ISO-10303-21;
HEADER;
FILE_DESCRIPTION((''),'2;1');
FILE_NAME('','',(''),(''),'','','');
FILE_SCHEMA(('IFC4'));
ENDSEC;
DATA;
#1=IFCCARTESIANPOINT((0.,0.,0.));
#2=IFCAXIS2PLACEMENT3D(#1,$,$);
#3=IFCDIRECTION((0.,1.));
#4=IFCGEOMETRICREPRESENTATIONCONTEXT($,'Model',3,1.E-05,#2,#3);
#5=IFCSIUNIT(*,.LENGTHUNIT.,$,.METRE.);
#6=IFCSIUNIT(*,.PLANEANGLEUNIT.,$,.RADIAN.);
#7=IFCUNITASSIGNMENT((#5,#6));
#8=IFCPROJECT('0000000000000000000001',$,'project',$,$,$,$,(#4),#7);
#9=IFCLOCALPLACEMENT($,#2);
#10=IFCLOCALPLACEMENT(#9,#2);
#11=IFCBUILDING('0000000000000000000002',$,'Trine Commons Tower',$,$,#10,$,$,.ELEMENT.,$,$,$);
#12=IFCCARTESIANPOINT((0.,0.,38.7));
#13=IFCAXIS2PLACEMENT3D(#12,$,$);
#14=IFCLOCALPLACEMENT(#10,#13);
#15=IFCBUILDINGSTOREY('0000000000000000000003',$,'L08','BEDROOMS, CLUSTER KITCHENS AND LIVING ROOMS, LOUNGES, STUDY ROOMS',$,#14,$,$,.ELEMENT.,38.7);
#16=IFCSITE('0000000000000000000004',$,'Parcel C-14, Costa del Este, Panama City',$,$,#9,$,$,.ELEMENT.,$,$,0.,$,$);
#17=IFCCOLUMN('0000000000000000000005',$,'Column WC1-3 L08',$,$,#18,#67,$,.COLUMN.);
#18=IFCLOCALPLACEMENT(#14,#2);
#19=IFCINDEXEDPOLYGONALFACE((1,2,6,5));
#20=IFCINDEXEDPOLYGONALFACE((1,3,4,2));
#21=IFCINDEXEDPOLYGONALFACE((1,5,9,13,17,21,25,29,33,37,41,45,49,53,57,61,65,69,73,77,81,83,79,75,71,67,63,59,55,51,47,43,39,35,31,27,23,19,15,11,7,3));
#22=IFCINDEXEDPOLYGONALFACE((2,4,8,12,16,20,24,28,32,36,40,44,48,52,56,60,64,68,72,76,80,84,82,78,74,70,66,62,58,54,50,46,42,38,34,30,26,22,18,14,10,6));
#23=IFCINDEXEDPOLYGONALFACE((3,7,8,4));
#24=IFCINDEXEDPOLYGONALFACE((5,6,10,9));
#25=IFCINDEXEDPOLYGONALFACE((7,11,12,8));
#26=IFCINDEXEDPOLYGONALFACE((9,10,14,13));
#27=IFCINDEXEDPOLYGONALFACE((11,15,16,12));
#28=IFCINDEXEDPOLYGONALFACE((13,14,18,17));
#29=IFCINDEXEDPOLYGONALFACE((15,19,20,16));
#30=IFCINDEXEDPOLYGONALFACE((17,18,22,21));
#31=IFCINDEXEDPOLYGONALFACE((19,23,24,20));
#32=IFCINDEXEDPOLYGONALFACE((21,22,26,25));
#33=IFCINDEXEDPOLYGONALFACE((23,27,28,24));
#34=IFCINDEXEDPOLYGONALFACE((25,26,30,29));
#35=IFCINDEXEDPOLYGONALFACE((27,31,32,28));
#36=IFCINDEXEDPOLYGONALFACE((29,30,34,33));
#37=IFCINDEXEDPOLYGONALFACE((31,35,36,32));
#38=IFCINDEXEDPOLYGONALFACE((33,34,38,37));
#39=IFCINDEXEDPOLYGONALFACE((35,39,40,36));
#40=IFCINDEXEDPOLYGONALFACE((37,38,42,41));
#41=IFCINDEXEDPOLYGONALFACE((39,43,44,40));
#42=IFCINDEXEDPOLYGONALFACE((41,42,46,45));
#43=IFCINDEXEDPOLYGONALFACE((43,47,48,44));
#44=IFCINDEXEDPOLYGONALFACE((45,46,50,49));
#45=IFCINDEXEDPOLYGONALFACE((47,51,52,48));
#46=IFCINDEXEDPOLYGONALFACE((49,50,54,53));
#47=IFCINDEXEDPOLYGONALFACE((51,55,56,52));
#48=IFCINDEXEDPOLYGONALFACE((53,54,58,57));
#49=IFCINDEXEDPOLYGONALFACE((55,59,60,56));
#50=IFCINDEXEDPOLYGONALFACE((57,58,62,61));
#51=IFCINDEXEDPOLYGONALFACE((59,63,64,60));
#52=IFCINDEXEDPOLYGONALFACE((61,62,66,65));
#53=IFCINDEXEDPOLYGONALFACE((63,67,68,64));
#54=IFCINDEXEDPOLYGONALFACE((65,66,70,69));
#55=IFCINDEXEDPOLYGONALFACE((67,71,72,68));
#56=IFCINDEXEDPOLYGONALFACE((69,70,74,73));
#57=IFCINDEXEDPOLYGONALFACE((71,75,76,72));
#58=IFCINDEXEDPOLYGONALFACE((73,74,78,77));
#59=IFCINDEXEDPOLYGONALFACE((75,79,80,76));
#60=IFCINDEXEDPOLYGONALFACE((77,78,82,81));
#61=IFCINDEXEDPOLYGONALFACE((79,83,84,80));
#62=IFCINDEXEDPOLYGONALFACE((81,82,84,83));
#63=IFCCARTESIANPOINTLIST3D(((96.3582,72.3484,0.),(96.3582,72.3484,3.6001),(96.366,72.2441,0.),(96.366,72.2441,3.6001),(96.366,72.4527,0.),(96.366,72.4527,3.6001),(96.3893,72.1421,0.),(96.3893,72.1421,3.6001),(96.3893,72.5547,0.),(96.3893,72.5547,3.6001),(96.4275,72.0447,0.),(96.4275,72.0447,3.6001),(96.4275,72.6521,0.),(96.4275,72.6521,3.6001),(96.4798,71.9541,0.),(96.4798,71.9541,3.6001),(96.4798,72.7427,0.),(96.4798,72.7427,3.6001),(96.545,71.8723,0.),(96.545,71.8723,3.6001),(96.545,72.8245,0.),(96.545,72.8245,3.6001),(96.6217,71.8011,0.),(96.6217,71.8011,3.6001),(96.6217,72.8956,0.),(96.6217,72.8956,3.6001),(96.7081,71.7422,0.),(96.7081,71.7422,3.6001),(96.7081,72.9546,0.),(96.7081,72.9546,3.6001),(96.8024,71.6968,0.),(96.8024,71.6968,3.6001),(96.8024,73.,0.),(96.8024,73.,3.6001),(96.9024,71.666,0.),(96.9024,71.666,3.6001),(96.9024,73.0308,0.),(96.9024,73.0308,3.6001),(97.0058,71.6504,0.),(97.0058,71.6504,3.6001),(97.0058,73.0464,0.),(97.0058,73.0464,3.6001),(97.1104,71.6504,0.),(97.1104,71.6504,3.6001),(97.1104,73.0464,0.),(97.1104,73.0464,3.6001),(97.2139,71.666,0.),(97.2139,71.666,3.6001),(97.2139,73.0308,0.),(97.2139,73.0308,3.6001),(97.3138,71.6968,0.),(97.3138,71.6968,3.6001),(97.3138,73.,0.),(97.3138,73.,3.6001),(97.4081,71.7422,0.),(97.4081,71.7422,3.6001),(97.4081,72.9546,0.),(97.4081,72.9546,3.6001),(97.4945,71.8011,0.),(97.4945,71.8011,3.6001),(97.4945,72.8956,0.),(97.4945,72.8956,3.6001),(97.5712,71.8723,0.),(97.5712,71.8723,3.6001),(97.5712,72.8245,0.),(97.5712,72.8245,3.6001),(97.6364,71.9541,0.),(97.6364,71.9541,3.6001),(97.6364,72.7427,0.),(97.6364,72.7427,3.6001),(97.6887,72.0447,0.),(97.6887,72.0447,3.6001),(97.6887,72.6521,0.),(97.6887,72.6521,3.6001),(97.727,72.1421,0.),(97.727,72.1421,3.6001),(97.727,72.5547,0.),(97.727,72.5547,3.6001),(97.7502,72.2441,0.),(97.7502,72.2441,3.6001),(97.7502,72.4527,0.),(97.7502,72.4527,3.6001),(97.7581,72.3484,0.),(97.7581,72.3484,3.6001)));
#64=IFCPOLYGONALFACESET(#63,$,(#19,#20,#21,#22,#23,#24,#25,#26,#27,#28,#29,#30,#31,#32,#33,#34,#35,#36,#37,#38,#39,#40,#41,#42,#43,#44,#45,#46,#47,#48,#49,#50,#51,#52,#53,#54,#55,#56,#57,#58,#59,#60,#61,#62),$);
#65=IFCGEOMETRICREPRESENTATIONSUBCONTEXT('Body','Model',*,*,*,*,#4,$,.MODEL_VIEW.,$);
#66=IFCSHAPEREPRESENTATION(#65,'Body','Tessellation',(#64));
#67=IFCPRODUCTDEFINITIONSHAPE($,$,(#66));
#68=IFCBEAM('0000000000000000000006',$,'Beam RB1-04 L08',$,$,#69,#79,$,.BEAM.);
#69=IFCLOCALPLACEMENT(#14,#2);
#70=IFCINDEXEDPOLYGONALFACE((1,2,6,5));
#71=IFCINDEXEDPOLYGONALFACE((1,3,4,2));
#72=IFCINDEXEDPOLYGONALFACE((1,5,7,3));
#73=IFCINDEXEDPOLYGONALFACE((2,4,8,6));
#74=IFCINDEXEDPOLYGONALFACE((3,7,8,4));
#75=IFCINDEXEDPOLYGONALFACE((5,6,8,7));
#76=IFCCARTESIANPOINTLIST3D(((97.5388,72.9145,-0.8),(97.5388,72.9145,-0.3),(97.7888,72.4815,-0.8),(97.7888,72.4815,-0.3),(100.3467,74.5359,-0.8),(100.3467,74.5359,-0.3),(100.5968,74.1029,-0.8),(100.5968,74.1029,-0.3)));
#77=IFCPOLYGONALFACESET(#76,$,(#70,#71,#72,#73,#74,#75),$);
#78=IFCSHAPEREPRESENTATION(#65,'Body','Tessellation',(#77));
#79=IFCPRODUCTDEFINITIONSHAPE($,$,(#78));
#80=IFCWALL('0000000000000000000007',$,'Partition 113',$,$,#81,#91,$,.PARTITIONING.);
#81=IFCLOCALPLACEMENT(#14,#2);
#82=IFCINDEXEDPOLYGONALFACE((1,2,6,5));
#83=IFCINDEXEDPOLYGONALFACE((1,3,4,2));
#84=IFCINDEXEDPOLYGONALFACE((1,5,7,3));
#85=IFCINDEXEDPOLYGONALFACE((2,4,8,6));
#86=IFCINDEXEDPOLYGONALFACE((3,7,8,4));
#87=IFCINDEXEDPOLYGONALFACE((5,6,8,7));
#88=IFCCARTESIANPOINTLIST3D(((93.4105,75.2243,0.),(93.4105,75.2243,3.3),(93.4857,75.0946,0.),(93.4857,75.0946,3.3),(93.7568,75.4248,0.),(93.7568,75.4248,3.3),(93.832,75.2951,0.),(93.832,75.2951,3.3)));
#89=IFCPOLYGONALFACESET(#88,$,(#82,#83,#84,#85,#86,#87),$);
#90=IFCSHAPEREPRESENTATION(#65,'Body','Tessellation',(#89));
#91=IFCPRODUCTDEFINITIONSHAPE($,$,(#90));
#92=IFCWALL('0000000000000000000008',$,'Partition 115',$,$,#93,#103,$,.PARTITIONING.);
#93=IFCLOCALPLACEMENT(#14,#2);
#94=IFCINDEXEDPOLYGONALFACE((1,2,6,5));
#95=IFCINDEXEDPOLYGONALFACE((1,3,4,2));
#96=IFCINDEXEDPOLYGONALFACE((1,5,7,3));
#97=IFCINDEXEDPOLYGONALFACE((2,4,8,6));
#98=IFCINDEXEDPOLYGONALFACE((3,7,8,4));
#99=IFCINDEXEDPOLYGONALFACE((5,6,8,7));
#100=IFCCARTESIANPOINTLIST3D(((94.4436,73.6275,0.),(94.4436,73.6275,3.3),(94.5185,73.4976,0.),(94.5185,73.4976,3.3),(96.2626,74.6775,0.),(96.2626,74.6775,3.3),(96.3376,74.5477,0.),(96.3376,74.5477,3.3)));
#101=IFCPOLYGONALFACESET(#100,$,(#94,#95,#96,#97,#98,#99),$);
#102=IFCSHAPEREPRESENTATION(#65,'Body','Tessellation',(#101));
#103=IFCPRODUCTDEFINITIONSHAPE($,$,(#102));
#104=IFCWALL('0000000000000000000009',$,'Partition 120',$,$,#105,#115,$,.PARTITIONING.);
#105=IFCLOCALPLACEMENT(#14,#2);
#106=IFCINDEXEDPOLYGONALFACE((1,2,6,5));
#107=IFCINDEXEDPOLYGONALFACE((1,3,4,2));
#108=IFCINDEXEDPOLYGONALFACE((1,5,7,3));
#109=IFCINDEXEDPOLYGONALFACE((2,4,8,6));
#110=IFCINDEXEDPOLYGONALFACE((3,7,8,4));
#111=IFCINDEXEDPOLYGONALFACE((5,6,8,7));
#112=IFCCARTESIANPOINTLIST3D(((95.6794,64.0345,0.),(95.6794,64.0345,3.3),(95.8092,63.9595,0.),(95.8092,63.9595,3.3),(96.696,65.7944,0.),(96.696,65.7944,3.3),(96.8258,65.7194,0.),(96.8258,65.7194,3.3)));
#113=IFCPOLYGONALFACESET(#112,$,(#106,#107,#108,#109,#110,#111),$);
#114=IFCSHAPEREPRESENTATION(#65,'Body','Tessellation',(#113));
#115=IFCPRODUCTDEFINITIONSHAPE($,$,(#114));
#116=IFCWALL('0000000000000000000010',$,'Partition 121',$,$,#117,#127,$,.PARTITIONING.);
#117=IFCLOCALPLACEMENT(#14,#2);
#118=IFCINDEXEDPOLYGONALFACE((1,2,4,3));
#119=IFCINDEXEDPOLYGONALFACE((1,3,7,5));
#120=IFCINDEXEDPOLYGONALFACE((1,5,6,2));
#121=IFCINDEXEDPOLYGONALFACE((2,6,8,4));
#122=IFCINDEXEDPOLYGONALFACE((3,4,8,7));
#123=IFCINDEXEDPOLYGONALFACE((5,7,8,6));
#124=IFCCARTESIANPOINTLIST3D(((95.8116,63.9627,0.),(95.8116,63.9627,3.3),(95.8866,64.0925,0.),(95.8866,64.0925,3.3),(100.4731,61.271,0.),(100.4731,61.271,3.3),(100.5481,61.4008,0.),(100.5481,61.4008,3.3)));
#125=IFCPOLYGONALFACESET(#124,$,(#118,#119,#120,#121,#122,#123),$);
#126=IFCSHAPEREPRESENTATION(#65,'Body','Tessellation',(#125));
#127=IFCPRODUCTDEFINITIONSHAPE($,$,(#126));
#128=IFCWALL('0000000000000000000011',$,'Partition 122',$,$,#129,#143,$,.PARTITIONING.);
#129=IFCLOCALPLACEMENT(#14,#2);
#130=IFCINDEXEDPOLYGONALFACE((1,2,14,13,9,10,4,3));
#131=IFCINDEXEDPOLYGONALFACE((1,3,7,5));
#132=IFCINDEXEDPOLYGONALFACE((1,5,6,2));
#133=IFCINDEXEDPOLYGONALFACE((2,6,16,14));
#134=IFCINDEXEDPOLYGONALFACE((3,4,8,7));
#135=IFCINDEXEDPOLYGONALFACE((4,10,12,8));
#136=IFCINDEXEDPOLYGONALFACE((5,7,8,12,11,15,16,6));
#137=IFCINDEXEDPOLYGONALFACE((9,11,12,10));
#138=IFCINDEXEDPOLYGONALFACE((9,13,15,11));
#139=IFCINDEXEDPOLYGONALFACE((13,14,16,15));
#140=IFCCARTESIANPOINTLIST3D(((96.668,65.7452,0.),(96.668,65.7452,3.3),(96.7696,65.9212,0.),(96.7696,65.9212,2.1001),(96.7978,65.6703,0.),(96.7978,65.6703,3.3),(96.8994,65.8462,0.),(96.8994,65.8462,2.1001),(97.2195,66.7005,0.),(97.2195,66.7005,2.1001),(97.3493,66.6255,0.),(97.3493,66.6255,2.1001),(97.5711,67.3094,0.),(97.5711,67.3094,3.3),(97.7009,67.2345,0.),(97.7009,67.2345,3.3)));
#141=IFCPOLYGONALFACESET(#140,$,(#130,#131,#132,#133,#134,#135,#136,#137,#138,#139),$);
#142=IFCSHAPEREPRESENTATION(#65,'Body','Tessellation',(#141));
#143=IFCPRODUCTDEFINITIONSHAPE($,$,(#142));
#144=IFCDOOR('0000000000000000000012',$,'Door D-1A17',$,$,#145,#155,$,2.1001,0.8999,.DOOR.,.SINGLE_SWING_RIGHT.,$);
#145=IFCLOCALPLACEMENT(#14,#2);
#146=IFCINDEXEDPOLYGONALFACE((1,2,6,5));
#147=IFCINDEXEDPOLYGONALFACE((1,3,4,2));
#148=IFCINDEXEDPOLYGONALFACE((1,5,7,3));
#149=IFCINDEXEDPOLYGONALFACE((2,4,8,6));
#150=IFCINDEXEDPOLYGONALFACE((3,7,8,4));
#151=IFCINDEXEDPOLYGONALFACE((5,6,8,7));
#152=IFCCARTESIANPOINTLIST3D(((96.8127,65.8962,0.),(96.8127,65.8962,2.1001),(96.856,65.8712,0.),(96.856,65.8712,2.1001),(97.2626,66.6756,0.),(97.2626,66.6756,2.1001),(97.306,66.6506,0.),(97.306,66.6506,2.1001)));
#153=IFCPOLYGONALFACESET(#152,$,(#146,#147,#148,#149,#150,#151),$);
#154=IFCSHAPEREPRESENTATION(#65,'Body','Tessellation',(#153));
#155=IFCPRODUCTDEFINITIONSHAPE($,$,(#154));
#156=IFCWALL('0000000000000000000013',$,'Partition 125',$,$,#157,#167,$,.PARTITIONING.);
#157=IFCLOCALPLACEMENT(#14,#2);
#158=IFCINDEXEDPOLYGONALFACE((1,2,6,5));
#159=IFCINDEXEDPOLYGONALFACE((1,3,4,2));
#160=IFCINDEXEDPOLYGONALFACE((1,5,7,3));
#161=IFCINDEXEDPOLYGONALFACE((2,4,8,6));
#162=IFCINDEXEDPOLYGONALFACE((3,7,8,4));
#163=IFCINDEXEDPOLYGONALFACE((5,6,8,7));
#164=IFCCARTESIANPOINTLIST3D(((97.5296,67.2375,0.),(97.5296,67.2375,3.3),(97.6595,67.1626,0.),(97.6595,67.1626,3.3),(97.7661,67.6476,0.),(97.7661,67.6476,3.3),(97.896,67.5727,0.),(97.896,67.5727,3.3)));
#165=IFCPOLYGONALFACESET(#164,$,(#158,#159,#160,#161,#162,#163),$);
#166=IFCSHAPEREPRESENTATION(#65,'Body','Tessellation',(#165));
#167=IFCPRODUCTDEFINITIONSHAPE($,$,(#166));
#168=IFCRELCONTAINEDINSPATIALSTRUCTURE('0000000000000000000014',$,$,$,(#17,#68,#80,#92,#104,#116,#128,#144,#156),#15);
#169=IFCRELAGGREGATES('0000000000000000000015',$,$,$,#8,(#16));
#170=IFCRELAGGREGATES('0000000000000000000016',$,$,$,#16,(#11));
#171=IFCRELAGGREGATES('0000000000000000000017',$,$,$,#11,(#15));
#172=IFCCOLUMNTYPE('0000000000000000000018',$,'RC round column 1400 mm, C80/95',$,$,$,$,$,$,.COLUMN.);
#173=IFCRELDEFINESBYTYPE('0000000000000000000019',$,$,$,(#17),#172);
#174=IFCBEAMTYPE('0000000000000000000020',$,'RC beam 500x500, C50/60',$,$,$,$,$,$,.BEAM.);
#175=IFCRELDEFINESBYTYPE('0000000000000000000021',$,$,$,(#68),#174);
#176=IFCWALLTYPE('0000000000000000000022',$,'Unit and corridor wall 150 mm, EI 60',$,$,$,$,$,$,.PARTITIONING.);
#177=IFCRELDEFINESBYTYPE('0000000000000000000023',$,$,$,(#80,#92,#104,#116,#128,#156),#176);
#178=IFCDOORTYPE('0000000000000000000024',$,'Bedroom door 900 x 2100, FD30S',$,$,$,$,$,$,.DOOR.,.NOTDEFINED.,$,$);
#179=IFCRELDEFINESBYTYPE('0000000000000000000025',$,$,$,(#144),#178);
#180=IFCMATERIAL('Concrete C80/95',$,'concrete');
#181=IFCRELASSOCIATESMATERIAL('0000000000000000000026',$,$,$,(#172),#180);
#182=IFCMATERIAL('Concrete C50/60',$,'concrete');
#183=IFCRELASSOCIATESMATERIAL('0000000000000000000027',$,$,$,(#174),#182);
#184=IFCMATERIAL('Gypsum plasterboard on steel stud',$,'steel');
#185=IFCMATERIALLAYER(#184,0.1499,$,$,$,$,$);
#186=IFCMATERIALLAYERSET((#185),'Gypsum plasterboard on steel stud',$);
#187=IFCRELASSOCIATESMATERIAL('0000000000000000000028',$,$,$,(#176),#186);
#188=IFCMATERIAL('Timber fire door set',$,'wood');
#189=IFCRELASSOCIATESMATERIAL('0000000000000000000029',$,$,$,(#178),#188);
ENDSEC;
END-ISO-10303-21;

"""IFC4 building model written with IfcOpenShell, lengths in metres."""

from ifc_helpers import new_model, si_unit, direction, frame, frame_2d, origin, origin_2d, place, context, subcontext, project, spatial, rectangle, circle, extrude, material, layer, layer_set, material_profile, profile_set, type_object, element, fill, save


model = new_model("IFC4")

# Units and contexts
model_context = context("Model", 3, precision=1e-05, world=origin(), true_north=direction((0.0, 1.0)))
body_context = subcontext(model_context, "Body", "Model", "MODEL_VIEW")
ifc_project = project(units=[si_unit("LENGTHUNIT", "METRE"), si_unit("PLANEANGLEUNIT", "RADIAN")], contexts=[model_context])

# Site, building, storey
site_placement = place(None, origin())
site = spatial("IfcSite", under=ifc_project, at=site_placement, Name="Parcel C-14, Costa del Este, Panama City", CompositionType="ELEMENT", RefElevation=0.0)
building_placement = place(site_placement, origin())
building = spatial("IfcBuilding", under=site, at=building_placement, Name="Trine Commons Tower", CompositionType="ELEMENT")
storey_placement = place(building_placement, frame((0.0, 0.0, 38.7)))
storey = spatial("IfcBuildingStorey", under=building, at=storey_placement, Name="L08", Description="BEDROOMS, CLUSTER KITCHENS AND LIVING ROOMS, LOUNGES, STUDY ROOMS", CompositionType="ELEMENT", Elevation=38.7)

# Column
ifc_material_1 = material(Name="Concrete C80/95", Category="concrete")
ifc_material_profile_1 = material_profile(ifc_material_1, circle(Radius=0.7, at=origin_2d()), Name="RC round 1400")
ifc_profile_set_1 = profile_set([ifc_material_profile_1], Name="Concrete C80/95")
column_type = type_object("IfcColumnType", Name="RC round column 1400 mm, C80/95", PredefinedType="COLUMN", material=ifc_profile_set_1)
column_placement = place(storey_placement, frame((97.0581, 72.3484, 0.0), z_axis=(0.0, 0.0, 1.0), x_axis=(1.0, 0.0, 0.0)))
element("IfcColumn", 1, at=column_placement, inside=storey, type_object=column_type, Name="Column WC1-3 L08", PredefinedType="COLUMN", context=body_context, shape_type="SweptSolid", body=[
    extrude(circle(Radius=0.7, at=origin_2d()), origin(), (0.0, 0.0, 1.0), 3.6001),
])

# Beam
ifc_material_2 = material(Name="Concrete C50/60", Category="concrete")
ifc_material_profile_2 = material_profile(ifc_material_2, rectangle(XDim=0.5, YDim=0.5, at=origin_2d()), Name="RC 500x500")
ifc_profile_set_2 = profile_set([ifc_material_profile_2], Name="Concrete C50/60")
beam_type = type_object("IfcBeamType", Name="RC beam 500x500, C50/60", PredefinedType="BEAM", material=ifc_profile_set_2)
beam_placement = place(storey_placement, frame((97.6638, 72.698, -0.55), z_axis=(0.865996, 0.500051, 0.0), x_axis=(-0.500051, 0.865996, 0.0)))
element("IfcBeam", 2, at=beam_placement, inside=storey, type_object=beam_type, Name="Beam RB1-04 L08", PredefinedType="BEAM", context=body_context, shape_type="SweptSolid", body=[
    extrude(rectangle(XDim=0.5, YDim=0.5, at=origin_2d()), origin(), (0.0, 0.0, 1.0), 3.2424),
])

# Walls
ifc_material_3 = material(Name="Gypsum plasterboard on steel stud", Category="steel")
ifc_layer_1 = layer(ifc_material_3, 0.1499)
ifc_layer_set_1 = layer_set([ifc_layer_1], Name="Gypsum plasterboard on steel stud")
wall_type_1 = type_object("IfcWallType", Name="Unit and corridor wall 150 mm, EI 60", PredefinedType="PARTITIONING", material=ifc_layer_set_1)
wall_1_placement = place(storey_placement, frame((93.448, 75.1594, 0.0), z_axis=(0.0, 0.0, 1.0), x_axis=(0.865412, 0.50106, 0.0)))
element("IfcWall", 3, at=wall_1_placement, inside=storey, type_object=wall_type_1, Name="Partition 113", PredefinedType="PARTITIONING", context=body_context, shape_type="SweptSolid", body=[
    extrude(rectangle(XDim=0.4001, YDim=0.1499, at=frame_2d((0.2002, 0.0))), origin(), (0.0, 0.0, 1.0), 3.3),
])
wall_2_placement = place(storey_placement, frame((94.481, 73.5625, 0.0), z_axis=(0.0, 0.0, 1.0), x_axis=(0.866068, 0.499927, 0.0)))
element("IfcWall", 4, at=wall_2_placement, inside=storey, type_object=wall_type_1, Name="Partition 115", PredefinedType="PARTITIONING", context=body_context, shape_type="SweptSolid", body=[
    extrude(rectangle(XDim=2.1003, YDim=0.1499, at=frame_2d((1.0503, 0.0))), origin(), (0.0, 0.0, 1.0), 3.3),
])
wall_3_placement = place(storey_placement, frame((95.7444, 63.9971, 0.0), z_axis=(0.0, 0.0, 1.0), x_axis=(0.50017, 0.865928, 0.0)))
element("IfcWall", 5, at=wall_3_placement, inside=storey, type_object=wall_type_1, Name="Partition 120", PredefinedType="PARTITIONING", context=body_context, shape_type="SweptSolid", body=[
    extrude(rectangle(XDim=2.0325, YDim=0.1499, at=frame_2d((1.0161, 0.0))), origin(), (0.0, 0.0, 1.0), 3.3),
])
wall_4_placement = place(storey_placement, frame((95.8491, 64.0276, 0.0), z_axis=(0.0, 0.0, 1.0), x_axis=(0.865993, -0.500056, 0.0)))
element("IfcWall", 6, at=wall_4_placement, inside=storey, type_object=wall_type_1, Name="Partition 121", PredefinedType="PARTITIONING", context=body_context, shape_type="SweptSolid", body=[
    extrude(rectangle(XDim=5.3828, YDim=0.1499, at=frame_2d((2.6914, 0.0))), origin(), (0.0, 0.0, 1.0), 3.3),
])

# Wall, opening, door
wall_5_placement = place(storey_placement, frame((96.7329, 65.7078, 0.0), z_axis=(0.0, 0.0, 1.0), x_axis=(0.499992, 0.86603, 0.0)))
wall_5 = element("IfcWall", 7, at=wall_5_placement, inside=storey, type_object=wall_type_1, Name="Partition 122", PredefinedType="PARTITIONING", context=body_context, shape_type="SweptSolid", body=[
    extrude(rectangle(XDim=1.8062, YDim=0.1499, at=frame_2d((0.9031, 0.0))), origin(), (0.0, 0.0, 1.0), 3.3),
])
opening_1_placement = place(wall_5_placement, frame((0.2031, 0.0, 0.0)))
opening_1 = element("IfcOpeningElement", 8, at=opening_1_placement, cuts=wall_5, PredefinedType="OPENING", context=body_context, shape_type="SweptSolid", body=[
    extrude(rectangle(XDim=0.8999, YDim=2.1001, at=frame_2d((0.45, 1.05))), frame((0.0, 0.085, 0.0), z_axis=(0.0, -1.0, 0.0), x_axis=(1.0, 0.0, 0.0)), (0.0, 0.0, 1.0), 0.1699),
])
ifc_material_4 = material(Name="Timber fire door set", Category="wood")
door_type_1 = type_object("IfcDoorType", Name="Bedroom door 900 x 2100, FD30S", OperationType="NOTDEFINED", PredefinedType="DOOR", material=ifc_material_4)
door_1_placement = place(opening_1_placement, frame((0.8999, 0.0, 0.0), z_axis=(0.0, 0.0, 1.0), x_axis=(-1.0, 0.0, 0.0)))
door_1 = element("IfcDoor", 9, at=door_1_placement, inside=storey, type_object=door_type_1, Name="Door D-1A17", OperationType="SINGLE_SWING_RIGHT", OverallHeight=2.1001, OverallWidth=0.8999, PredefinedType="DOOR", context=body_context, shape_type="SweptSolid", body=[
    extrude(rectangle(XDim=0.8999, YDim=2.1001, at=frame_2d((0.45, 1.05))), frame((0.0, 0.0249, 0.0), z_axis=(0.0, -1.0, 0.0), x_axis=(1.0, 0.0, 0.0)), (0.0, 0.0, 1.0), 0.05),
])
fill(opening_1, door_1)

# Wall
wall_6_placement = place(storey_placement, frame((97.5945, 67.2, 0.0), z_axis=(0.0, 0.0, 1.0), x_axis=(0.499633, 0.866237, 0.0)))
element("IfcWall", 10, at=wall_6_placement, inside=storey, type_object=wall_type_1, Name="Partition 125", PredefinedType="PARTITIONING", context=body_context, shape_type="SweptSolid", body=[
    extrude(rectangle(XDim=0.4734, YDim=0.1499, at=frame_2d((0.2368, 0.0))), origin(), (0.0, 0.0, 1.0), 3.3),
])

save(model, "model.ifc")
